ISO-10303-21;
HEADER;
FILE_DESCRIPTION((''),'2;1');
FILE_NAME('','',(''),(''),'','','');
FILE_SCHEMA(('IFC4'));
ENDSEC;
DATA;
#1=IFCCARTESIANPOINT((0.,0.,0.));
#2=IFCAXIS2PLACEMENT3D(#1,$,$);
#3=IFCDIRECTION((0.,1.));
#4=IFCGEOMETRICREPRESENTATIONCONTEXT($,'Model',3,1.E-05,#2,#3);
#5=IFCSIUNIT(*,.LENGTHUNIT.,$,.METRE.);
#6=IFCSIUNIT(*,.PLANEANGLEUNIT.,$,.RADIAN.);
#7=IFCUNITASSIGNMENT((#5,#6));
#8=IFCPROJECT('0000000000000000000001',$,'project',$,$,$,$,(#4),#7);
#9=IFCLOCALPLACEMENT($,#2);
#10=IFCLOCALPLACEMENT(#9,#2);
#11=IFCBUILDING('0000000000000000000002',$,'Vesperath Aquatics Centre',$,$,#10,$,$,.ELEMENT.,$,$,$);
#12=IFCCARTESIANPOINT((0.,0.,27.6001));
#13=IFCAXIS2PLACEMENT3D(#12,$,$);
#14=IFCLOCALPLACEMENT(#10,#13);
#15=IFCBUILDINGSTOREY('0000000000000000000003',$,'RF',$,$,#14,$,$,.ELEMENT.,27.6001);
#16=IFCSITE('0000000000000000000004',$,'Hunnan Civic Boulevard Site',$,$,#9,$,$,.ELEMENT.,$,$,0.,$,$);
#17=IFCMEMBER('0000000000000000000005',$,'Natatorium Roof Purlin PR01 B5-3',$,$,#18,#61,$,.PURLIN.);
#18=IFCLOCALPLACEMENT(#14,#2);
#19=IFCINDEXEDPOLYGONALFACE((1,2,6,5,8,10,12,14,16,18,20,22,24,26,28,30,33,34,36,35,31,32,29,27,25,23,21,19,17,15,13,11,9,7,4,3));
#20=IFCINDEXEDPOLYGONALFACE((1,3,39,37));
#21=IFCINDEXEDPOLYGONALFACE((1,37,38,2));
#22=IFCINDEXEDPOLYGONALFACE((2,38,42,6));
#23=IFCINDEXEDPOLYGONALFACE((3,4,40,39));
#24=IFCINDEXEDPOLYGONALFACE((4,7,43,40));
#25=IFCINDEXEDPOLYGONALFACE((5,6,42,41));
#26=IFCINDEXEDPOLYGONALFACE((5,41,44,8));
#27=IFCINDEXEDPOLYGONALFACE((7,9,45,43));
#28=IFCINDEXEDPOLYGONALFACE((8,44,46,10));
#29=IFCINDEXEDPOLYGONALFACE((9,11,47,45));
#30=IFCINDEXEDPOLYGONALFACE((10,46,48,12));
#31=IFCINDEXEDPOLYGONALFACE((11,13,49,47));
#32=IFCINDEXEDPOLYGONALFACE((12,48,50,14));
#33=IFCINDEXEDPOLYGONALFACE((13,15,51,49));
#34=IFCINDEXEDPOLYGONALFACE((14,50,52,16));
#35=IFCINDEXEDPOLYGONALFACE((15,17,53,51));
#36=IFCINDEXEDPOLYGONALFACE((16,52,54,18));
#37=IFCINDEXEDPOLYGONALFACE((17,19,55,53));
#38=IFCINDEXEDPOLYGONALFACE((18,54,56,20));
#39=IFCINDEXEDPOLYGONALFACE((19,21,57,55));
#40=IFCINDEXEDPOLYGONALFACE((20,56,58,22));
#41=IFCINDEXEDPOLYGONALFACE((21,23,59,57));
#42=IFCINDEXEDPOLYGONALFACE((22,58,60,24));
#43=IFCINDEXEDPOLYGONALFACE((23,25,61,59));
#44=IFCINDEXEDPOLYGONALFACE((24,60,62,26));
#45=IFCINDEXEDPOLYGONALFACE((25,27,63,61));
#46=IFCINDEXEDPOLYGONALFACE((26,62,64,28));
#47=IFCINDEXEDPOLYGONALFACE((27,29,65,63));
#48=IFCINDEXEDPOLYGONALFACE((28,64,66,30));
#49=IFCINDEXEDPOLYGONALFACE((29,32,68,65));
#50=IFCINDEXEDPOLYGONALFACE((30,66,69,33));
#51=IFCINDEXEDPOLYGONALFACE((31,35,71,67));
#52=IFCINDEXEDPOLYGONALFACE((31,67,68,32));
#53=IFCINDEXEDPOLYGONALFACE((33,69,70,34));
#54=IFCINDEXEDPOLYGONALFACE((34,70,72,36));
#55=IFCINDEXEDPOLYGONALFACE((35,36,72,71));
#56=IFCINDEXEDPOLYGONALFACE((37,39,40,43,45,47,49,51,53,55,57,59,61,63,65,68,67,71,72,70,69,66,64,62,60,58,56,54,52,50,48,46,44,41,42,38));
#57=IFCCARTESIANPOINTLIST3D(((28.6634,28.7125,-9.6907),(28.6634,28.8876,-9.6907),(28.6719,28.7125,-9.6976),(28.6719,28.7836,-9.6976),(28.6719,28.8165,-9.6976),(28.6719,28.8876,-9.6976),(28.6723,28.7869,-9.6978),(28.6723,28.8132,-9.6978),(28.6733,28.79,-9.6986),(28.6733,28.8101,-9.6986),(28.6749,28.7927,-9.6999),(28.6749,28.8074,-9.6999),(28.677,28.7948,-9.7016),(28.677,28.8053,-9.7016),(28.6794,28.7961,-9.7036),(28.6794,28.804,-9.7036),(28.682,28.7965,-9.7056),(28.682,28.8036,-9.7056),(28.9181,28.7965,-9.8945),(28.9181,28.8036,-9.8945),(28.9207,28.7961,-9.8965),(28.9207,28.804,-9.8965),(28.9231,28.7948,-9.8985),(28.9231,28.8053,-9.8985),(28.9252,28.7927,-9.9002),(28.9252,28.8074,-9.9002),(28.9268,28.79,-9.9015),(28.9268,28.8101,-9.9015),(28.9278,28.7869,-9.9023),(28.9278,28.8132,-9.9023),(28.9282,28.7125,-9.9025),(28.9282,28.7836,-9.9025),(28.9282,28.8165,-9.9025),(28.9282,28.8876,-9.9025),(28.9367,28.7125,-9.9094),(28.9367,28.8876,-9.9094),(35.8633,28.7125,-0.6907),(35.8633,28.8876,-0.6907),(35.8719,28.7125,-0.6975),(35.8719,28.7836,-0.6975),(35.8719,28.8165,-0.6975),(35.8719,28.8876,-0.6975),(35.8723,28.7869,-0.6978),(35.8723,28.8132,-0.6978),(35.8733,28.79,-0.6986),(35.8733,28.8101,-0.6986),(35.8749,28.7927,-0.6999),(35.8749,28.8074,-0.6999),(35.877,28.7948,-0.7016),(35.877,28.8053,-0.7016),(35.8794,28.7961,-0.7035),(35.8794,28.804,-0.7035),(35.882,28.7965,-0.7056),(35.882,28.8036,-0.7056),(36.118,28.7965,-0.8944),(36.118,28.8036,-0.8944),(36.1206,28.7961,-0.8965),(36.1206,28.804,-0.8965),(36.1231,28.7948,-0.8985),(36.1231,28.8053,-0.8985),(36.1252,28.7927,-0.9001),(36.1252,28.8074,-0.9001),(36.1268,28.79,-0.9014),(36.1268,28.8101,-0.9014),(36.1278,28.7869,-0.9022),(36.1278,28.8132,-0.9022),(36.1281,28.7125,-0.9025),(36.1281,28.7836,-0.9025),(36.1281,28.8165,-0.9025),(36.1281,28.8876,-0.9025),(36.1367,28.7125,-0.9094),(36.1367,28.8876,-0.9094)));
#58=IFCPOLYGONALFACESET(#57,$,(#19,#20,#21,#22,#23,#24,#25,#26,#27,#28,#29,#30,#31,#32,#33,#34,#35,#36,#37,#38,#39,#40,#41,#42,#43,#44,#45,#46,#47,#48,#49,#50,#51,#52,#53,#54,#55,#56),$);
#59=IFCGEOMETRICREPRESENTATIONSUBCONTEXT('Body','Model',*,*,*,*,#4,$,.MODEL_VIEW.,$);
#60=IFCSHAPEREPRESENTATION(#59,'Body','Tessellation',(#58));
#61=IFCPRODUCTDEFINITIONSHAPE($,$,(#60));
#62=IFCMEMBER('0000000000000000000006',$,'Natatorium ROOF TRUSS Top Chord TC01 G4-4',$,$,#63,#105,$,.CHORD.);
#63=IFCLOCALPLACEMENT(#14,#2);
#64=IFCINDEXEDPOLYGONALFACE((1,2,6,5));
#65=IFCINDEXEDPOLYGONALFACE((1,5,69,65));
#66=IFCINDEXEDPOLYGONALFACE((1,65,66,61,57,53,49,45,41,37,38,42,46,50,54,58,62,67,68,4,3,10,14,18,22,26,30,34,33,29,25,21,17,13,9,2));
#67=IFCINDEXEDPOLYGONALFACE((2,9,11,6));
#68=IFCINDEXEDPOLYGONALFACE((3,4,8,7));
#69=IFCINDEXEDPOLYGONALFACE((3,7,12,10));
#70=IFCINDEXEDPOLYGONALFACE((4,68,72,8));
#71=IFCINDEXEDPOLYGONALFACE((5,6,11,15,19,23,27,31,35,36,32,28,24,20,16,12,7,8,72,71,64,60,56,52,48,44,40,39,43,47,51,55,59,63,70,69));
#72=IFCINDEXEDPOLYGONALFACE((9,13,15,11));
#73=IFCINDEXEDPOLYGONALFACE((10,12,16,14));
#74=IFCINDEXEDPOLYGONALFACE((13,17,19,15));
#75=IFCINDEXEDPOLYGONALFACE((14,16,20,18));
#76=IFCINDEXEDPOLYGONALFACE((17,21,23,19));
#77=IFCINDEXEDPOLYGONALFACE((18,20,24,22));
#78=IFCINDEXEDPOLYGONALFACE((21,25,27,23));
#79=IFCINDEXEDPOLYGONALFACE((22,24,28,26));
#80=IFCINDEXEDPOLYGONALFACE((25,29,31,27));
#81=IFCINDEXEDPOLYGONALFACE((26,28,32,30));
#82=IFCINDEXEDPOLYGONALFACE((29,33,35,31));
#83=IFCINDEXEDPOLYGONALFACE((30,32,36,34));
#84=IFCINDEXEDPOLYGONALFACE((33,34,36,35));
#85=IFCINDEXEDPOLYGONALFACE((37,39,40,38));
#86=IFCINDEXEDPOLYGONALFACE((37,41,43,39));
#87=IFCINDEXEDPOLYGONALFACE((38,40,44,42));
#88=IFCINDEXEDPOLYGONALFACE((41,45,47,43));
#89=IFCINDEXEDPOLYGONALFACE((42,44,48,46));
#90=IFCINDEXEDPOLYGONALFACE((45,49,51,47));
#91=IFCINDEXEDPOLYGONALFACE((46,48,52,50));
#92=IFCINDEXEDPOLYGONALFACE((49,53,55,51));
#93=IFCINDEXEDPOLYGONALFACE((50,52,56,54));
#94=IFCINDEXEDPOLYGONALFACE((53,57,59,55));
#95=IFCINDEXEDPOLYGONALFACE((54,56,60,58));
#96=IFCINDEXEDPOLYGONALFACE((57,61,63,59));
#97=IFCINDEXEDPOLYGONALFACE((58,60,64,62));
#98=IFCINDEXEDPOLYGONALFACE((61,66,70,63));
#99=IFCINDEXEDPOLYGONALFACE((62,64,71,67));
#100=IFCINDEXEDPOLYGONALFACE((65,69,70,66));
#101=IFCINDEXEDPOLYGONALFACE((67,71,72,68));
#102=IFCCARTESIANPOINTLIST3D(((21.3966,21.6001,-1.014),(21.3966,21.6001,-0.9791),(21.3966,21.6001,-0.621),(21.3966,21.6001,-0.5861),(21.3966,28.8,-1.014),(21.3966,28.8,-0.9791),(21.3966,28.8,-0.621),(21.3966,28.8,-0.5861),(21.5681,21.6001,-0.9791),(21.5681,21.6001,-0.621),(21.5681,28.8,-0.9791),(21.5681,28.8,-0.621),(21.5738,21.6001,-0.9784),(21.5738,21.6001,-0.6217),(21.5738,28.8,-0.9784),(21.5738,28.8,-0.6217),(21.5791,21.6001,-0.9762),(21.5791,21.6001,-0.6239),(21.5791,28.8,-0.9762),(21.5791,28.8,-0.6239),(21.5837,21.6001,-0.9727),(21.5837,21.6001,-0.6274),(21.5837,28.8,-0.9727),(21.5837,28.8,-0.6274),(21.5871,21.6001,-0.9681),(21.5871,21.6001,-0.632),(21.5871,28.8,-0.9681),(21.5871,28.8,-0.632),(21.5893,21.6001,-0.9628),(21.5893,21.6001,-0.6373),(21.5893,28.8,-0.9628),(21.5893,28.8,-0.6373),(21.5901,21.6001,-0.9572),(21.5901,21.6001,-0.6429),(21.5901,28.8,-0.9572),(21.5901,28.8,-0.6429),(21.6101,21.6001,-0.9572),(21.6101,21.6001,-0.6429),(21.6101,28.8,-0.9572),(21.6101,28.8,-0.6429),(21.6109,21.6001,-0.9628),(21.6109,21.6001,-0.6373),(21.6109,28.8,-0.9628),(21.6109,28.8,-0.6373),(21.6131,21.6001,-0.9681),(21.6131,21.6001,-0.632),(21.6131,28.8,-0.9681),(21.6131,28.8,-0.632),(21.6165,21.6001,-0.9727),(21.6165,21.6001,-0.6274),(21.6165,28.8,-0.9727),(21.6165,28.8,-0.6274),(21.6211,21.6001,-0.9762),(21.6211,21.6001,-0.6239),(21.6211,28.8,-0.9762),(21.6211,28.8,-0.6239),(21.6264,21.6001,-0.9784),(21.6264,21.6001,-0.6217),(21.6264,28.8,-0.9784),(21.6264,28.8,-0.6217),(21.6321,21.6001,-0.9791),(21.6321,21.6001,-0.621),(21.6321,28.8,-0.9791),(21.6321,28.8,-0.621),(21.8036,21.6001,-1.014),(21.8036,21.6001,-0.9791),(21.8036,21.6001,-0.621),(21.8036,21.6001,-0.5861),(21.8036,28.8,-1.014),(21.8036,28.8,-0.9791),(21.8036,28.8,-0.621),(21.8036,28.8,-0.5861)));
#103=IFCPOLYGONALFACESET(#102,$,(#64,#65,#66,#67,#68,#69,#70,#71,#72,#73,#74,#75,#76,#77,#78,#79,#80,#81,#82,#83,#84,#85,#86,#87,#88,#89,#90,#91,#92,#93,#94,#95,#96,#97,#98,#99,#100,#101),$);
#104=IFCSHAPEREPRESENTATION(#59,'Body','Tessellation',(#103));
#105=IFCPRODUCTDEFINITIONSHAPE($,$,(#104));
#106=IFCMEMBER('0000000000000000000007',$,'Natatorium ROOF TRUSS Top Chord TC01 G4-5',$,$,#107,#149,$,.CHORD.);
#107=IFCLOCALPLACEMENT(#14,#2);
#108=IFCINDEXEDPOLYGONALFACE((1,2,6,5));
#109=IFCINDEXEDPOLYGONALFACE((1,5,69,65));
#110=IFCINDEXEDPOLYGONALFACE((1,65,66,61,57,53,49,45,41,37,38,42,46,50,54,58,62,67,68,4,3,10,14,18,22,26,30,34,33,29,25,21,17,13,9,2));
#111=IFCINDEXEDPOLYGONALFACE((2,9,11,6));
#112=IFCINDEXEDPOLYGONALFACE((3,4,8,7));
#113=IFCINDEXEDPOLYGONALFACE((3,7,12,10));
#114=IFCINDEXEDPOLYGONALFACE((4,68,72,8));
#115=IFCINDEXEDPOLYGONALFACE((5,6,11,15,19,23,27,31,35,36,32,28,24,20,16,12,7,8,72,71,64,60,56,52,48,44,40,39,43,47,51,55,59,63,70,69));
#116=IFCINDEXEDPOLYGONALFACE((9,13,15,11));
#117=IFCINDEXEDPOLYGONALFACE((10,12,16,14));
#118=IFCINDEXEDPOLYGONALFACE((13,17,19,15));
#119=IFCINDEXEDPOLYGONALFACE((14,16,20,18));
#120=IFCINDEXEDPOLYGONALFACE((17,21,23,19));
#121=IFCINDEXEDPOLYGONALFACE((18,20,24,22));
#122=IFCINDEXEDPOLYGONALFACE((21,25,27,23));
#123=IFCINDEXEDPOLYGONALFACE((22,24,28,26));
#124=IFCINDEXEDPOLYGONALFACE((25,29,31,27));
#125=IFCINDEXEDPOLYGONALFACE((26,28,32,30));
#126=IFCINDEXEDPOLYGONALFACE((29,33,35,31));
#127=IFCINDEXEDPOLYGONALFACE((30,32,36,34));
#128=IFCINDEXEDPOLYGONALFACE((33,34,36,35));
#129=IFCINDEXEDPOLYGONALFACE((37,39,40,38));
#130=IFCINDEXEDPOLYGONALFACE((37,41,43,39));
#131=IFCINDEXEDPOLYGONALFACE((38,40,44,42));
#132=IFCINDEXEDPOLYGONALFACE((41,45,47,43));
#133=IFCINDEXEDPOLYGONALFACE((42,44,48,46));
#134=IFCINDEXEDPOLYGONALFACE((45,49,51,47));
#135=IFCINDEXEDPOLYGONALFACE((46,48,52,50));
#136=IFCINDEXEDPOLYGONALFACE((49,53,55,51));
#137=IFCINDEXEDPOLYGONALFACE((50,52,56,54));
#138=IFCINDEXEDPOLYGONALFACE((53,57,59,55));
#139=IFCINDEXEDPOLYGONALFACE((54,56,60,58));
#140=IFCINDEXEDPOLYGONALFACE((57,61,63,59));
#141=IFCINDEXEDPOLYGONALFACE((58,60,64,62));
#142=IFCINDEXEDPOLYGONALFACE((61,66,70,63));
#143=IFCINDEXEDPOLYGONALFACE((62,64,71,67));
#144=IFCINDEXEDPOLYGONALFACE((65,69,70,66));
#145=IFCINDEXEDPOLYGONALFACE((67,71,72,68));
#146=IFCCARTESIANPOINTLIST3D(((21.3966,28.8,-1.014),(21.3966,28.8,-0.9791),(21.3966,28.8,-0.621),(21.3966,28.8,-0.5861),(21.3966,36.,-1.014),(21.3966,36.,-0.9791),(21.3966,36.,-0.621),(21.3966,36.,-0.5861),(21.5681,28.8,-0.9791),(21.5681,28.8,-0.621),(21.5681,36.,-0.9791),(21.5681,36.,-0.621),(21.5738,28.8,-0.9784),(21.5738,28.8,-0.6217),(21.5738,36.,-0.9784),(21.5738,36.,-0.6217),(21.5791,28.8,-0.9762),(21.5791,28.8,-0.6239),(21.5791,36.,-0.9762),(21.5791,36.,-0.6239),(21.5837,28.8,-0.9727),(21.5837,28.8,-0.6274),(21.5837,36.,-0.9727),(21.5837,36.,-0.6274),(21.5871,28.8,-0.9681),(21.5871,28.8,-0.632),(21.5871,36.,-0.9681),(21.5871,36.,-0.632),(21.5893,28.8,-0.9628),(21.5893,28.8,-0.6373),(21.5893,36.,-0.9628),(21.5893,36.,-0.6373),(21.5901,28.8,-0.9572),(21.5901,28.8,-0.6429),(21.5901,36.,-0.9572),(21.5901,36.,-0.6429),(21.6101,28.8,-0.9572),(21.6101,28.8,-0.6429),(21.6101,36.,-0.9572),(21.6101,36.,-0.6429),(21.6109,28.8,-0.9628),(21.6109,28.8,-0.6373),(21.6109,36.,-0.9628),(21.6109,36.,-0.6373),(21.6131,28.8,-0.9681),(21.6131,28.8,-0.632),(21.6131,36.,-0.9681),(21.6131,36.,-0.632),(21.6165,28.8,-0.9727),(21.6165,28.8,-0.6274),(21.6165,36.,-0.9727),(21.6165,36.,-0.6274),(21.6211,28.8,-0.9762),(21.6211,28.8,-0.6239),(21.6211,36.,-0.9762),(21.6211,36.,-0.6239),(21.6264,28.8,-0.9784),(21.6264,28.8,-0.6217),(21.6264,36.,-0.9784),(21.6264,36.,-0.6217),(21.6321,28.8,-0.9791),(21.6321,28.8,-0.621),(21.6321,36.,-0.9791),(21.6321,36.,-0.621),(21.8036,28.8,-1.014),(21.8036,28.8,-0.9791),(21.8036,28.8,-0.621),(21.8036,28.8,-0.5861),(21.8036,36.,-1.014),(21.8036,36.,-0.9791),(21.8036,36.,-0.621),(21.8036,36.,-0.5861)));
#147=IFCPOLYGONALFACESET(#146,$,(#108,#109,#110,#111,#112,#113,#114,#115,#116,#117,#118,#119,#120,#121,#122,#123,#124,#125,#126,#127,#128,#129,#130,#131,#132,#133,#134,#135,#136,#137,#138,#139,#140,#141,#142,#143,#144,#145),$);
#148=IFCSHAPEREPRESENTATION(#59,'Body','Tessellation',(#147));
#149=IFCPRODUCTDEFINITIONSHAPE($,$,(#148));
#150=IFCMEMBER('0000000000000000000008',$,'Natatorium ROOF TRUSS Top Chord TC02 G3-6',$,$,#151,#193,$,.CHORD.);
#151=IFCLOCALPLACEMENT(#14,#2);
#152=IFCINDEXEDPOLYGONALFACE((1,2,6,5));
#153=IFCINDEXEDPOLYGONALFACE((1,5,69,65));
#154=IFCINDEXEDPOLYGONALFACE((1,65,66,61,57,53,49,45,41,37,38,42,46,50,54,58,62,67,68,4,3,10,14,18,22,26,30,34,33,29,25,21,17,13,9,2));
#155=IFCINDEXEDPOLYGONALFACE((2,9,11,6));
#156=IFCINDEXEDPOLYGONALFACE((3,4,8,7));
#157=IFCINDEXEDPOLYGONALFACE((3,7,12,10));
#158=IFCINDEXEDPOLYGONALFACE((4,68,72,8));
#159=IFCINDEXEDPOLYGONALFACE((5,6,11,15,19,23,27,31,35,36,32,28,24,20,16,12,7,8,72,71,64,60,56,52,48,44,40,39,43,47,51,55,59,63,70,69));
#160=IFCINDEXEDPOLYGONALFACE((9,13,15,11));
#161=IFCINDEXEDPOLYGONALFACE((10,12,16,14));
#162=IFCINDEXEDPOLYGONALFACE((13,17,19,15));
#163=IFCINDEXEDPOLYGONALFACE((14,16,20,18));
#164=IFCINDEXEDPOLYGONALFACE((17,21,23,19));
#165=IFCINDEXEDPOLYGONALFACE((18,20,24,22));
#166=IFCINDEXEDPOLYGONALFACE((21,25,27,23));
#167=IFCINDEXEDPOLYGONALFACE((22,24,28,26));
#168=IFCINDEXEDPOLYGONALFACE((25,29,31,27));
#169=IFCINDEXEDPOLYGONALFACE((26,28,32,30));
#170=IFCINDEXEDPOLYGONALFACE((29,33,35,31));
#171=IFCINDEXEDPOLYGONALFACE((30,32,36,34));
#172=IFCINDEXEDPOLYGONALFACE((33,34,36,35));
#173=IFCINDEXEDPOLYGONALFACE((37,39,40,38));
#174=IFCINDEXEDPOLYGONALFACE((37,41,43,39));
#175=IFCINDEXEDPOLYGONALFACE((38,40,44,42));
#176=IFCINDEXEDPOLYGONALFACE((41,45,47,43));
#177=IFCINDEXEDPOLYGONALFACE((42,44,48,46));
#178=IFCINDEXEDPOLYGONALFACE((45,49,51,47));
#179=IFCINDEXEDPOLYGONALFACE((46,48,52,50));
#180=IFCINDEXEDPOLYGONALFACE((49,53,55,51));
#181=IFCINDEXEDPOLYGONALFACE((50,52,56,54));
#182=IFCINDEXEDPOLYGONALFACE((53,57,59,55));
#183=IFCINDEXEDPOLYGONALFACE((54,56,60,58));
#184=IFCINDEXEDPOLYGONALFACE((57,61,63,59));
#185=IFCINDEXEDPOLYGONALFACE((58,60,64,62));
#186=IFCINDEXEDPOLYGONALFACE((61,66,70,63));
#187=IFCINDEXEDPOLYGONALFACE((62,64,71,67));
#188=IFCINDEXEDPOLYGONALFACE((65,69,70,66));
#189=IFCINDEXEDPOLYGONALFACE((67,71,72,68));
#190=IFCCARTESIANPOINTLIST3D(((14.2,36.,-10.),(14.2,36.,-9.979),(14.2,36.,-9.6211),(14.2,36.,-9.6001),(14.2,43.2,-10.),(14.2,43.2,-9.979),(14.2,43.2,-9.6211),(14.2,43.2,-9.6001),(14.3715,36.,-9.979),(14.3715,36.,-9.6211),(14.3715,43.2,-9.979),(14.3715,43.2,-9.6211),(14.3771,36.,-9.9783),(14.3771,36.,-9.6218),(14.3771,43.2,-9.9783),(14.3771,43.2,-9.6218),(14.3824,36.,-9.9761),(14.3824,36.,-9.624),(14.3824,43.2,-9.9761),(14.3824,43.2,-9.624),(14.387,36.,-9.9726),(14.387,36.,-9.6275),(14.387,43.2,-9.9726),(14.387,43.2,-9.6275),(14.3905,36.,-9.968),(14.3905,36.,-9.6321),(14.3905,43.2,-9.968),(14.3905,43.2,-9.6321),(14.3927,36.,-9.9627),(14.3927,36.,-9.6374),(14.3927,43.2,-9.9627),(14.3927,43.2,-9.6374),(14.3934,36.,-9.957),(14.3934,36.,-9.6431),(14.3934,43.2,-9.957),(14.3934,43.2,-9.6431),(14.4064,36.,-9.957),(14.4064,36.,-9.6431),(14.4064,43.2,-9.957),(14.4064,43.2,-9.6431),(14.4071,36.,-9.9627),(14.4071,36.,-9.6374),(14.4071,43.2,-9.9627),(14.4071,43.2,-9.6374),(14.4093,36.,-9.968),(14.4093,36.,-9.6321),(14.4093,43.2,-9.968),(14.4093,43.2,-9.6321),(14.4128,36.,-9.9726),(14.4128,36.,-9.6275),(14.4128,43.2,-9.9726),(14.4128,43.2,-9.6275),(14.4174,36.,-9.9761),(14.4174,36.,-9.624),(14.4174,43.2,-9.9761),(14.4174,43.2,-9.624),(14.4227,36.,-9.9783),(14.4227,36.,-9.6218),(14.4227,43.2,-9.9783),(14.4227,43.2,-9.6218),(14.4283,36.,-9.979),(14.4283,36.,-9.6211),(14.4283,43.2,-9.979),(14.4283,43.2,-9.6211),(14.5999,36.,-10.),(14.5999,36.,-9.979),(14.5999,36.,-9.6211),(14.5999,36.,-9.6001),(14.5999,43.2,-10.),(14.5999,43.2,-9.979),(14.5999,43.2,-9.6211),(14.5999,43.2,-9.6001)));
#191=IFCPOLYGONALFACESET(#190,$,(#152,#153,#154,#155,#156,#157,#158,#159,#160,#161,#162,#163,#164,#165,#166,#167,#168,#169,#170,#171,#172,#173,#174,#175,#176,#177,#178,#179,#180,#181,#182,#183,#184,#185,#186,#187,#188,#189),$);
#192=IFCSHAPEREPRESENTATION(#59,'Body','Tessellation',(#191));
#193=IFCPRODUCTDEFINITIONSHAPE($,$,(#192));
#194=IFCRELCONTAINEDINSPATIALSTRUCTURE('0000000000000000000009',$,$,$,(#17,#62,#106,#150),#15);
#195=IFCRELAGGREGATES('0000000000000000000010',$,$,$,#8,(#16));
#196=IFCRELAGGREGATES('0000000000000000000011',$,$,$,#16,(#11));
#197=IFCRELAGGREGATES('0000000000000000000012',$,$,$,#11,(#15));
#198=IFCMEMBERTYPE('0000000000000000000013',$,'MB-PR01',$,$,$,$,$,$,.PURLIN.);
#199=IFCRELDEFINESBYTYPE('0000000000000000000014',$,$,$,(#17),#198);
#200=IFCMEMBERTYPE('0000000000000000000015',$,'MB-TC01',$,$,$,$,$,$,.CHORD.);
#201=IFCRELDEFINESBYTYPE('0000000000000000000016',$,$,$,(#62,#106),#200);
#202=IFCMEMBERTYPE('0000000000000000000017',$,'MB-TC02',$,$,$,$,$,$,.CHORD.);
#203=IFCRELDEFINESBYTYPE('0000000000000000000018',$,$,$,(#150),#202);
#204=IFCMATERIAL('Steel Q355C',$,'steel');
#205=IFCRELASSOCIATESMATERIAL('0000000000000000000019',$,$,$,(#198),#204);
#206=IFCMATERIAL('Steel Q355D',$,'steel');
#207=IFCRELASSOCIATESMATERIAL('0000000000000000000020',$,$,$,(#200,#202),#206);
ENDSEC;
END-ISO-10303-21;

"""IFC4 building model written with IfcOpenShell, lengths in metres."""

from ifc_helpers import new_model, si_unit, direction, frame, origin, origin_2d, place, context, subcontext, project, spatial, i_section, extrude, material, material_profile, profile_set, type_object, element, save


model = new_model("IFC4")

# Units and contexts
model_context = context("Model", 3, precision=1e-05, world=origin(), true_north=direction((0.0, 1.0)))
body_context = subcontext(model_context, "Body", "Model", "MODEL_VIEW")
ifc_project = project(units=[si_unit("LENGTHUNIT", "METRE"), si_unit("PLANEANGLEUNIT", "RADIAN")], contexts=[model_context])

# Site, building, storey
site_placement = place(None, origin())
site = spatial("IfcSite", under=ifc_project, at=site_placement, Name="Hunnan Civic Boulevard Site", CompositionType="ELEMENT", RefElevation=0.0)
building_placement = place(site_placement, origin())
building = spatial("IfcBuilding", under=site, at=building_placement, Name="Vesperath Aquatics Centre", CompositionType="ELEMENT")
storey_placement = place(building_placement, frame((0.0, 0.0, 27.6001)))
storey = spatial("IfcBuildingStorey", under=building, at=storey_placement, Name="RF", CompositionType="ELEMENT", Elevation=27.6001)

# Shared definitions
ifc_material_1 = material(Name="Steel Q355C", Category="steel")

# Members
ifc_material_2 = material(Name="Steel Q355D", Category="steel")
ifc_material_profile_1 = material_profile(ifc_material_1, i_section(OverallWidth=0.175, OverallDepth=0.3501, WebThickness=0.0071, FlangeThickness=0.011, FilletRadius=0.0129, at=origin_2d()), Name="HN 350x175x7x11")
ifc_profile_set_1 = profile_set([ifc_material_profile_1], Name="Steel Q355C")
member_type_1 = type_object("IfcMemberType", Name="MB-PR01", PredefinedType="PURLIN", material=ifc_profile_set_1)
for number, where, z_axis, x_axis, name in (
    (1, (28.8, 28.8, -9.8), (0.624692, 0.0, 0.780871), (0.0, 1.0, 0.0), "Natatorium Roof Purlin PR01 B5-3"),
):
    element("IfcMember", number, at=place(storey_placement, frame(where, z_axis=z_axis, x_axis=x_axis)), inside=storey, type_object=member_type_1, Name=name, PredefinedType="PURLIN", context=body_context, shape_type="SweptSolid", body=[
        extrude(i_section(OverallWidth=0.175, OverallDepth=0.3501, WebThickness=0.0071, FlangeThickness=0.011, FilletRadius=0.0129, at=origin_2d()), origin(), (0.0, 0.0, 1.0), 11.5256),
    ])
ifc_material_profile_2 = material_profile(ifc_material_2, i_section(OverallWidth=0.407, OverallDepth=0.428, WebThickness=0.02, FlangeThickness=0.0349, FilletRadius=0.022, at=origin_2d()), Name="HW 428x407x20x35")
ifc_profile_set_2 = profile_set([ifc_material_profile_2], Name="Steel Q355D")
member_type_2 = type_object("IfcMemberType", Name="MB-TC01", PredefinedType="CHORD", material=ifc_profile_set_2)
for number, where, z_axis, x_axis, name in (
    (2, (21.6001, 21.6001, -0.8), (0.0, 1.0, 0.0), (-1.0, 0.0, 0.0), "Natatorium ROOF TRUSS Top Chord TC01 G4-4"),
    (3, (21.6001, 28.8, -0.8), (0.0, 1.0, 0.0), (-1.0, 0.0, 0.0), "Natatorium ROOF TRUSS Top Chord TC01 G4-5"),
):
    element("IfcMember", number, at=place(storey_placement, frame(where, z_axis=z_axis, x_axis=x_axis)), inside=storey, type_object=member_type_2, Name=name, PredefinedType="CHORD", context=body_context, shape_type="SweptSolid", body=[
        extrude(i_section(OverallWidth=0.407, OverallDepth=0.428, WebThickness=0.02, FlangeThickness=0.0349, FilletRadius=0.022, at=origin_2d()), origin(), (0.0, 0.0, 1.0), 7.2),
    ])
ifc_material_profile_3 = material_profile(ifc_material_2, i_section(OverallWidth=0.3999, OverallDepth=0.3999, WebThickness=0.0129, FlangeThickness=0.021, FilletRadius=0.022, at=origin_2d()), Name="HW 400x400x13x21")
ifc_profile_set_3 = profile_set([ifc_material_profile_3], Name="Steel Q355D")
member_type_3 = type_object("IfcMemberType", Name="MB-TC02", PredefinedType="CHORD", material=ifc_profile_set_3)
for number, where, z_axis, x_axis, name in (
    (4, (14.3999, 36.0, -9.8), (0.0, 1.0, 0.0), (-1.0, 0.0, 0.0), "Natatorium ROOF TRUSS Top Chord TC02 G3-6"),
):
    element("IfcMember", number, at=place(storey_placement, frame(where, z_axis=z_axis, x_axis=x_axis)), inside=storey, type_object=member_type_3, Name=name, PredefinedType="CHORD", context=body_context, shape_type="SweptSolid", body=[
        extrude(i_section(OverallWidth=0.3999, OverallDepth=0.3999, WebThickness=0.0129, FlangeThickness=0.021, FilletRadius=0.022, at=origin_2d()), origin(), (0.0, 0.0, 1.0), 7.2),
    ])

save(model, "model.ifc")
